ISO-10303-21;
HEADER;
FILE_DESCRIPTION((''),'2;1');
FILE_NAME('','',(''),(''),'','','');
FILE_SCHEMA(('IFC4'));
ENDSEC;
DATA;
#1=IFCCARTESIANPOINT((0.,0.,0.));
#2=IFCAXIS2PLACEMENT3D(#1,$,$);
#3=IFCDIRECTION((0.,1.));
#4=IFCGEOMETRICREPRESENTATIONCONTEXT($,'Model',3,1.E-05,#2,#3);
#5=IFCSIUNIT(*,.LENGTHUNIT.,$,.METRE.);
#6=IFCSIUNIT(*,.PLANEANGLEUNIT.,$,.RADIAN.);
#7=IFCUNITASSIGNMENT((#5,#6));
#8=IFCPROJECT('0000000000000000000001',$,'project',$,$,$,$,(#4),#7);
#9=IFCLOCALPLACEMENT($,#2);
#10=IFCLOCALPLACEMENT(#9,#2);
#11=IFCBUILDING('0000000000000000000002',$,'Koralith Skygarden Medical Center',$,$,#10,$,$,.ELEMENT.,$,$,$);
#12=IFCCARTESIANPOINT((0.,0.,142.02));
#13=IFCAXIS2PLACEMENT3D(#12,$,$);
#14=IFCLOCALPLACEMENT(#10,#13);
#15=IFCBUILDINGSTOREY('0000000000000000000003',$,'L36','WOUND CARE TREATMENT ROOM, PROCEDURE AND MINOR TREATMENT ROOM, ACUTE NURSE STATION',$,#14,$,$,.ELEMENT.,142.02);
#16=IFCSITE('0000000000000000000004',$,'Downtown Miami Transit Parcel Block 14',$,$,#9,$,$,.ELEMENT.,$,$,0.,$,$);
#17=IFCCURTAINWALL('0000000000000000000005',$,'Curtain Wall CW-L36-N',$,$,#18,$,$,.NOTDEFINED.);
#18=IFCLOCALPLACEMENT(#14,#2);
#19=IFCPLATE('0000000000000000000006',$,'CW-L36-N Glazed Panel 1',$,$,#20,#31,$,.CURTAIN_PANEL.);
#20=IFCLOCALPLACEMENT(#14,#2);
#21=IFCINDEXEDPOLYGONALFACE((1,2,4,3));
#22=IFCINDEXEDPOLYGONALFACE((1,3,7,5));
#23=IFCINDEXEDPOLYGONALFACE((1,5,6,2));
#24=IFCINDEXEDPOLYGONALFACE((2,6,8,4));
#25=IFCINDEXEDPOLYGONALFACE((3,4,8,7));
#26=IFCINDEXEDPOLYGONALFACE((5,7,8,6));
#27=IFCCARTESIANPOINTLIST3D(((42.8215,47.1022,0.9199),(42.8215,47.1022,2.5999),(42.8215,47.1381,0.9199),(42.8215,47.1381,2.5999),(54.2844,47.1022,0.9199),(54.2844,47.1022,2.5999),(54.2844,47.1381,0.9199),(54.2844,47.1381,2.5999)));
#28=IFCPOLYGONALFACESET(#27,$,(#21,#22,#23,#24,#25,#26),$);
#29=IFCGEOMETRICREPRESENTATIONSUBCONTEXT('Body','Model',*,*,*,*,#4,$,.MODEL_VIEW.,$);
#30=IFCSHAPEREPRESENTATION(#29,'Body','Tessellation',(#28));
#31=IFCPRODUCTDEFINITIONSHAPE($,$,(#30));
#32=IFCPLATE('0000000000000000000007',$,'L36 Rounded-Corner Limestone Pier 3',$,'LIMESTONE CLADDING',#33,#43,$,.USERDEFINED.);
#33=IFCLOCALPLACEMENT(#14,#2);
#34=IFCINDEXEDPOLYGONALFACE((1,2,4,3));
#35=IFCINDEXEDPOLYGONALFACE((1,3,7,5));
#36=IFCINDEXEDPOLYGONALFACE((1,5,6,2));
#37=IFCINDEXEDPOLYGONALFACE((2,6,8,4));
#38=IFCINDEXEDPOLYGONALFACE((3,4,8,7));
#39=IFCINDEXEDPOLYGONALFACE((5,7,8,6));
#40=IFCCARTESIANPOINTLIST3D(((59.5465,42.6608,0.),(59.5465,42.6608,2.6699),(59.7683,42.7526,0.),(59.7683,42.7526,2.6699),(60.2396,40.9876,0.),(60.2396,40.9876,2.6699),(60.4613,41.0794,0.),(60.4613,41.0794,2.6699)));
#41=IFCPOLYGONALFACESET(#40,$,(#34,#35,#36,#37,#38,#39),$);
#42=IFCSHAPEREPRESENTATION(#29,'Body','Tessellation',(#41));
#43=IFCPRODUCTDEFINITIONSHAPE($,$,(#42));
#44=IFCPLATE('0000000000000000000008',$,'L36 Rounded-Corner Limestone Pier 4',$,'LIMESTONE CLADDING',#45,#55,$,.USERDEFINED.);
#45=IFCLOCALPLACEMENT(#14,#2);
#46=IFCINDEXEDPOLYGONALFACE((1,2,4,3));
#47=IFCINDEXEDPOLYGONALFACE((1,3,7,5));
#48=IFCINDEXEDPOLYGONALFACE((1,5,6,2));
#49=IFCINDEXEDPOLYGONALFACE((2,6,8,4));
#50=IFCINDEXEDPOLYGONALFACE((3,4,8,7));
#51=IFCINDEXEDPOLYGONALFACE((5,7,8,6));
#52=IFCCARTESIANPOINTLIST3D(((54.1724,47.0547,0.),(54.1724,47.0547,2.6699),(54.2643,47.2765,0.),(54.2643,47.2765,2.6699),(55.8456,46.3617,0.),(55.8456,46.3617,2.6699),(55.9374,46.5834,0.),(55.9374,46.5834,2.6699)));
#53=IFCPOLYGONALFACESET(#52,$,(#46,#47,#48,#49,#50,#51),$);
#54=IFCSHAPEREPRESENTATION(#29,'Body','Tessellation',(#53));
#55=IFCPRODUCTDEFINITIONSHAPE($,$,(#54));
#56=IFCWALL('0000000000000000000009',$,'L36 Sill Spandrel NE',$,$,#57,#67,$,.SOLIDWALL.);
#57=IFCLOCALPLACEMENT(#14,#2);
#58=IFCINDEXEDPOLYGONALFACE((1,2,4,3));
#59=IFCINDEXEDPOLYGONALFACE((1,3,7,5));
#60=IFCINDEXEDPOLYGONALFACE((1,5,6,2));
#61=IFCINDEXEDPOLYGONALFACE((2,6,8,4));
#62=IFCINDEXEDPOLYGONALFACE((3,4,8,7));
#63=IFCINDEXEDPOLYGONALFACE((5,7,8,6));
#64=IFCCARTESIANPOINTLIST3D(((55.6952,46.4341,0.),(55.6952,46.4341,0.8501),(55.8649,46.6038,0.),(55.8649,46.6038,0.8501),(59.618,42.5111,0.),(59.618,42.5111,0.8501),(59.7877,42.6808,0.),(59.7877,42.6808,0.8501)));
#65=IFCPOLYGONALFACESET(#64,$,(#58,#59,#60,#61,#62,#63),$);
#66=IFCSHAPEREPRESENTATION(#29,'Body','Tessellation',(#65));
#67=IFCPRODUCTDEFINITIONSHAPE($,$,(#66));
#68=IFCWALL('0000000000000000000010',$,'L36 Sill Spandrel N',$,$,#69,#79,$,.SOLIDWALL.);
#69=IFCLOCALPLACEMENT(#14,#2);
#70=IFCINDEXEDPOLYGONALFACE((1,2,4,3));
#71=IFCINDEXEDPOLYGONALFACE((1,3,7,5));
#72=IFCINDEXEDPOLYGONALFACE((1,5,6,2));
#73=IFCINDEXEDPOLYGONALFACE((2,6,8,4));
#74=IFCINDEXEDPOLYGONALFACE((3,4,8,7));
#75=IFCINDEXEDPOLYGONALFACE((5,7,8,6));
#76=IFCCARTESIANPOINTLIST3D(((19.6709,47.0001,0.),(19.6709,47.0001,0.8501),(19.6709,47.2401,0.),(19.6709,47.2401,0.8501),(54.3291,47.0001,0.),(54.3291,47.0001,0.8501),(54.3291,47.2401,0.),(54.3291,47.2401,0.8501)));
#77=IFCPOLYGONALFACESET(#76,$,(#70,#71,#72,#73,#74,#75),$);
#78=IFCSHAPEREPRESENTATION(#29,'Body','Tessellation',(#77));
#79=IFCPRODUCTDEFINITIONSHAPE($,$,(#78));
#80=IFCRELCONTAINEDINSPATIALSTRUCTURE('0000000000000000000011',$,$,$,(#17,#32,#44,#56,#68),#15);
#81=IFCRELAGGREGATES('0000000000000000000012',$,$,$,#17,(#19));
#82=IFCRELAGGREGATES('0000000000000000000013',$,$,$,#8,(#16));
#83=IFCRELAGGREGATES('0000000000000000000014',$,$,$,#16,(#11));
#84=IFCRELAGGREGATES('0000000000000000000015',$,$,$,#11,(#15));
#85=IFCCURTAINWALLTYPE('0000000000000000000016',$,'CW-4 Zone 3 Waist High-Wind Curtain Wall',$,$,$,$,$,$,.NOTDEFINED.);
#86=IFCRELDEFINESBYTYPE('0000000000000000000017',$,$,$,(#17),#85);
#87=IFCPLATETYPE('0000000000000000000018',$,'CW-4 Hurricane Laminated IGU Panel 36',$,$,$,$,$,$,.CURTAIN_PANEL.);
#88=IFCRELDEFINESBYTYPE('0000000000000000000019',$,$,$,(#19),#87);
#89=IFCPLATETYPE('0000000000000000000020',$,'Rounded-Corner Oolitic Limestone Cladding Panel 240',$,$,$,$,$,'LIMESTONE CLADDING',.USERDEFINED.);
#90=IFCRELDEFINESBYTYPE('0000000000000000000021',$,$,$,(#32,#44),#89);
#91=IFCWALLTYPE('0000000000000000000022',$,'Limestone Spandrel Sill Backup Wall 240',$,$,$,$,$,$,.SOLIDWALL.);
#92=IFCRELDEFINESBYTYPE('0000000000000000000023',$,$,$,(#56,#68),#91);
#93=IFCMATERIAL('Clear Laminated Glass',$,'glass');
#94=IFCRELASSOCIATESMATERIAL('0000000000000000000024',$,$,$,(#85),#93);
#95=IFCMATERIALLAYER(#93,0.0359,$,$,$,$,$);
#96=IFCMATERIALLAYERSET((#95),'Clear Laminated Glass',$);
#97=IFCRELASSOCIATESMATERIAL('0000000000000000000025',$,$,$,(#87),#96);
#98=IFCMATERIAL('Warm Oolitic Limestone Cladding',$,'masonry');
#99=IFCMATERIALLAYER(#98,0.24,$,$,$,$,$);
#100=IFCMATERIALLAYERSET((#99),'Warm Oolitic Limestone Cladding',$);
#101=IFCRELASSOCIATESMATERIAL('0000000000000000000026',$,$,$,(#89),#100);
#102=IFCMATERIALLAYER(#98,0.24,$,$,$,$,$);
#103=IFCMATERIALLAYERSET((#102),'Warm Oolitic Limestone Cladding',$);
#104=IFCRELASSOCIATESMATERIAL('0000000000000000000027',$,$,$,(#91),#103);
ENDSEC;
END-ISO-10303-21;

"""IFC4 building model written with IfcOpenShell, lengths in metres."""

from ifc_helpers import new_model, si_unit, direction, frame, frame_2d, origin, origin_2d, place, context, subcontext, project, spatial, rectangle, extrude, material, layer, layer_set, type_object, element, aggregate, save


model = new_model("IFC4")

# Units and contexts
model_context = context("Model", 3, precision=1e-05, world=origin(), true_north=direction((0.0, 1.0)))
body_context = subcontext(model_context, "Body", "Model", "MODEL_VIEW")
ifc_project = project(units=[si_unit("LENGTHUNIT", "METRE"), si_unit("PLANEANGLEUNIT", "RADIAN")], contexts=[model_context])

# Site, building, storey
site_placement = place(None, origin())
site = spatial("IfcSite", under=ifc_project, at=site_placement, Name="Downtown Miami Transit Parcel Block 14", CompositionType="ELEMENT", RefElevation=0.0)
building_placement = place(site_placement, origin())
building = spatial("IfcBuilding", under=site, at=building_placement, Name="Koralith Skygarden Medical Center", CompositionType="ELEMENT")
storey_placement = place(building_placement, frame((0.0, 0.0, 142.02)))
storey = spatial("IfcBuildingStorey", under=building, at=storey_placement, Name="L36", Description="WOUND CARE TREATMENT ROOM, PROCEDURE AND MINOR TREATMENT ROOM, ACUTE NURSE STATION", CompositionType="ELEMENT", Elevation=142.02)

# Shared definitions
ifc_material_1 = material(Name="Clear Laminated Glass", Category="glass")
curtain_wall_type = type_object("IfcCurtainWallType", Name="CW-4 Zone 3 Waist High-Wind Curtain Wall", PredefinedType="NOTDEFINED", material=ifc_material_1)

# Curtain wall
curtain_wall_1_placement = place(storey_placement, origin())
curtain_wall_1 = element("IfcCurtainWall", 1, at=curtain_wall_1_placement, inside=storey, type_object=curtain_wall_type, Name="Curtain Wall CW-L36-N", PredefinedType="NOTDEFINED")

# Plate
ifc_layer_1 = layer(ifc_material_1, 0.0359)
ifc_layer_set_1 = layer_set([ifc_layer_1], Name="Clear Laminated Glass")
plate_type_1 = type_object("IfcPlateType", Name="CW-4 Hurricane Laminated IGU Panel 36", PredefinedType="CURTAIN_PANEL", material=ifc_layer_set_1)
plate_1_placement = place(storey_placement, frame((48.553, 47.1201, 0.9199), z_axis=(0.0, 0.0, 1.0), x_axis=(-1.0, 0.0, 0.0)))
plate_1 = element("IfcPlate", 2, at=plate_1_placement, type_object=plate_type_1, Name="CW-L36-N Glazed Panel 1", PredefinedType="CURTAIN_PANEL", context=body_context, shape_type="SweptSolid", body=[
    extrude(rectangle(XDim=11.4629, YDim=0.0359, at=origin_2d()), origin(), (0.0, 0.0, 1.0), 1.6799),
])
aggregate(curtain_wall_1, [plate_1])

# Plates
ifc_material_2 = material(Name="Warm Oolitic Limestone Cladding", Category="masonry")
ifc_layer_2 = layer(ifc_material_2, 0.24)
ifc_layer_set_2 = layer_set([ifc_layer_2], Name="Warm Oolitic Limestone Cladding")
plate_type_2 = type_object("IfcPlateType", Name="Rounded-Corner Oolitic Limestone Cladding Panel 240", ElementType="LIMESTONE CLADDING", PredefinedType="USERDEFINED", material=ifc_layer_set_2)
for number, where, z_axis, x_axis, name in (
    (3, (60.0039, 41.8701, 0.0), (0.0, 0.0, 1.0), (-0.382671, 0.923885, 0.0), "L36 Rounded-Corner Limestone Pier 3"),
    (4, (55.0549, 46.8191, 0.0), (0.0, 0.0, 1.0), (-0.923885, 0.382671, 0.0), "L36 Rounded-Corner Limestone Pier 4"),
):
    element("IfcPlate", number, at=place(storey_placement, frame(where, z_axis=z_axis, x_axis=x_axis)), inside=storey, type_object=plate_type_2, Name=name, ObjectType="LIMESTONE CLADDING", PredefinedType="USERDEFINED", context=body_context, shape_type="SweptSolid", body=[
        extrude(rectangle(XDim=1.811, YDim=0.24, at=origin_2d()), origin(), (0.0, 0.0, 1.0), 2.6699),
    ])

# Walls
ifc_layer_3 = layer(ifc_material_2, 0.24)
ifc_layer_set_3 = layer_set([ifc_layer_3], Name="Warm Oolitic Limestone Cladding")
wall_type = type_object("IfcWallType", Name="Limestone Spandrel Sill Backup Wall 240", PredefinedType="SOLIDWALL", material=ifc_layer_set_3)
wall_1_placement = place(storey_placement, frame((59.7029, 42.5959, 0.0), z_axis=(0.0, 0.0, 1.0), x_axis=(-0.707085, 0.707129, 0.0)))
element("IfcWall", 5, at=wall_1_placement, inside=storey, type_object=wall_type, Name="L36 Sill Spandrel NE", PredefinedType="SOLIDWALL", context=body_context, shape_type="SweptSolid", body=[
    extrude(rectangle(XDim=5.5479, YDim=0.24, at=frame_2d((2.7739, 0.0))), origin(), (0.0, 0.0, 1.0), 0.8501),
])
wall_2_placement = place(storey_placement, frame((54.3291, 47.1201, 0.0), z_axis=(0.0, 0.0, 1.0), x_axis=(-1.0, 0.0, 0.0)))
element("IfcWall", 6, at=wall_2_placement, inside=storey, type_object=wall_type, Name="L36 Sill Spandrel N", PredefinedType="SOLIDWALL", context=body_context, shape_type="SweptSolid", body=[
    extrude(rectangle(XDim=34.6582, YDim=0.24, at=frame_2d((17.3291, 0.0))), origin(), (0.0, 0.0, 1.0), 0.8501),
])

save(model, "model.ifc")
